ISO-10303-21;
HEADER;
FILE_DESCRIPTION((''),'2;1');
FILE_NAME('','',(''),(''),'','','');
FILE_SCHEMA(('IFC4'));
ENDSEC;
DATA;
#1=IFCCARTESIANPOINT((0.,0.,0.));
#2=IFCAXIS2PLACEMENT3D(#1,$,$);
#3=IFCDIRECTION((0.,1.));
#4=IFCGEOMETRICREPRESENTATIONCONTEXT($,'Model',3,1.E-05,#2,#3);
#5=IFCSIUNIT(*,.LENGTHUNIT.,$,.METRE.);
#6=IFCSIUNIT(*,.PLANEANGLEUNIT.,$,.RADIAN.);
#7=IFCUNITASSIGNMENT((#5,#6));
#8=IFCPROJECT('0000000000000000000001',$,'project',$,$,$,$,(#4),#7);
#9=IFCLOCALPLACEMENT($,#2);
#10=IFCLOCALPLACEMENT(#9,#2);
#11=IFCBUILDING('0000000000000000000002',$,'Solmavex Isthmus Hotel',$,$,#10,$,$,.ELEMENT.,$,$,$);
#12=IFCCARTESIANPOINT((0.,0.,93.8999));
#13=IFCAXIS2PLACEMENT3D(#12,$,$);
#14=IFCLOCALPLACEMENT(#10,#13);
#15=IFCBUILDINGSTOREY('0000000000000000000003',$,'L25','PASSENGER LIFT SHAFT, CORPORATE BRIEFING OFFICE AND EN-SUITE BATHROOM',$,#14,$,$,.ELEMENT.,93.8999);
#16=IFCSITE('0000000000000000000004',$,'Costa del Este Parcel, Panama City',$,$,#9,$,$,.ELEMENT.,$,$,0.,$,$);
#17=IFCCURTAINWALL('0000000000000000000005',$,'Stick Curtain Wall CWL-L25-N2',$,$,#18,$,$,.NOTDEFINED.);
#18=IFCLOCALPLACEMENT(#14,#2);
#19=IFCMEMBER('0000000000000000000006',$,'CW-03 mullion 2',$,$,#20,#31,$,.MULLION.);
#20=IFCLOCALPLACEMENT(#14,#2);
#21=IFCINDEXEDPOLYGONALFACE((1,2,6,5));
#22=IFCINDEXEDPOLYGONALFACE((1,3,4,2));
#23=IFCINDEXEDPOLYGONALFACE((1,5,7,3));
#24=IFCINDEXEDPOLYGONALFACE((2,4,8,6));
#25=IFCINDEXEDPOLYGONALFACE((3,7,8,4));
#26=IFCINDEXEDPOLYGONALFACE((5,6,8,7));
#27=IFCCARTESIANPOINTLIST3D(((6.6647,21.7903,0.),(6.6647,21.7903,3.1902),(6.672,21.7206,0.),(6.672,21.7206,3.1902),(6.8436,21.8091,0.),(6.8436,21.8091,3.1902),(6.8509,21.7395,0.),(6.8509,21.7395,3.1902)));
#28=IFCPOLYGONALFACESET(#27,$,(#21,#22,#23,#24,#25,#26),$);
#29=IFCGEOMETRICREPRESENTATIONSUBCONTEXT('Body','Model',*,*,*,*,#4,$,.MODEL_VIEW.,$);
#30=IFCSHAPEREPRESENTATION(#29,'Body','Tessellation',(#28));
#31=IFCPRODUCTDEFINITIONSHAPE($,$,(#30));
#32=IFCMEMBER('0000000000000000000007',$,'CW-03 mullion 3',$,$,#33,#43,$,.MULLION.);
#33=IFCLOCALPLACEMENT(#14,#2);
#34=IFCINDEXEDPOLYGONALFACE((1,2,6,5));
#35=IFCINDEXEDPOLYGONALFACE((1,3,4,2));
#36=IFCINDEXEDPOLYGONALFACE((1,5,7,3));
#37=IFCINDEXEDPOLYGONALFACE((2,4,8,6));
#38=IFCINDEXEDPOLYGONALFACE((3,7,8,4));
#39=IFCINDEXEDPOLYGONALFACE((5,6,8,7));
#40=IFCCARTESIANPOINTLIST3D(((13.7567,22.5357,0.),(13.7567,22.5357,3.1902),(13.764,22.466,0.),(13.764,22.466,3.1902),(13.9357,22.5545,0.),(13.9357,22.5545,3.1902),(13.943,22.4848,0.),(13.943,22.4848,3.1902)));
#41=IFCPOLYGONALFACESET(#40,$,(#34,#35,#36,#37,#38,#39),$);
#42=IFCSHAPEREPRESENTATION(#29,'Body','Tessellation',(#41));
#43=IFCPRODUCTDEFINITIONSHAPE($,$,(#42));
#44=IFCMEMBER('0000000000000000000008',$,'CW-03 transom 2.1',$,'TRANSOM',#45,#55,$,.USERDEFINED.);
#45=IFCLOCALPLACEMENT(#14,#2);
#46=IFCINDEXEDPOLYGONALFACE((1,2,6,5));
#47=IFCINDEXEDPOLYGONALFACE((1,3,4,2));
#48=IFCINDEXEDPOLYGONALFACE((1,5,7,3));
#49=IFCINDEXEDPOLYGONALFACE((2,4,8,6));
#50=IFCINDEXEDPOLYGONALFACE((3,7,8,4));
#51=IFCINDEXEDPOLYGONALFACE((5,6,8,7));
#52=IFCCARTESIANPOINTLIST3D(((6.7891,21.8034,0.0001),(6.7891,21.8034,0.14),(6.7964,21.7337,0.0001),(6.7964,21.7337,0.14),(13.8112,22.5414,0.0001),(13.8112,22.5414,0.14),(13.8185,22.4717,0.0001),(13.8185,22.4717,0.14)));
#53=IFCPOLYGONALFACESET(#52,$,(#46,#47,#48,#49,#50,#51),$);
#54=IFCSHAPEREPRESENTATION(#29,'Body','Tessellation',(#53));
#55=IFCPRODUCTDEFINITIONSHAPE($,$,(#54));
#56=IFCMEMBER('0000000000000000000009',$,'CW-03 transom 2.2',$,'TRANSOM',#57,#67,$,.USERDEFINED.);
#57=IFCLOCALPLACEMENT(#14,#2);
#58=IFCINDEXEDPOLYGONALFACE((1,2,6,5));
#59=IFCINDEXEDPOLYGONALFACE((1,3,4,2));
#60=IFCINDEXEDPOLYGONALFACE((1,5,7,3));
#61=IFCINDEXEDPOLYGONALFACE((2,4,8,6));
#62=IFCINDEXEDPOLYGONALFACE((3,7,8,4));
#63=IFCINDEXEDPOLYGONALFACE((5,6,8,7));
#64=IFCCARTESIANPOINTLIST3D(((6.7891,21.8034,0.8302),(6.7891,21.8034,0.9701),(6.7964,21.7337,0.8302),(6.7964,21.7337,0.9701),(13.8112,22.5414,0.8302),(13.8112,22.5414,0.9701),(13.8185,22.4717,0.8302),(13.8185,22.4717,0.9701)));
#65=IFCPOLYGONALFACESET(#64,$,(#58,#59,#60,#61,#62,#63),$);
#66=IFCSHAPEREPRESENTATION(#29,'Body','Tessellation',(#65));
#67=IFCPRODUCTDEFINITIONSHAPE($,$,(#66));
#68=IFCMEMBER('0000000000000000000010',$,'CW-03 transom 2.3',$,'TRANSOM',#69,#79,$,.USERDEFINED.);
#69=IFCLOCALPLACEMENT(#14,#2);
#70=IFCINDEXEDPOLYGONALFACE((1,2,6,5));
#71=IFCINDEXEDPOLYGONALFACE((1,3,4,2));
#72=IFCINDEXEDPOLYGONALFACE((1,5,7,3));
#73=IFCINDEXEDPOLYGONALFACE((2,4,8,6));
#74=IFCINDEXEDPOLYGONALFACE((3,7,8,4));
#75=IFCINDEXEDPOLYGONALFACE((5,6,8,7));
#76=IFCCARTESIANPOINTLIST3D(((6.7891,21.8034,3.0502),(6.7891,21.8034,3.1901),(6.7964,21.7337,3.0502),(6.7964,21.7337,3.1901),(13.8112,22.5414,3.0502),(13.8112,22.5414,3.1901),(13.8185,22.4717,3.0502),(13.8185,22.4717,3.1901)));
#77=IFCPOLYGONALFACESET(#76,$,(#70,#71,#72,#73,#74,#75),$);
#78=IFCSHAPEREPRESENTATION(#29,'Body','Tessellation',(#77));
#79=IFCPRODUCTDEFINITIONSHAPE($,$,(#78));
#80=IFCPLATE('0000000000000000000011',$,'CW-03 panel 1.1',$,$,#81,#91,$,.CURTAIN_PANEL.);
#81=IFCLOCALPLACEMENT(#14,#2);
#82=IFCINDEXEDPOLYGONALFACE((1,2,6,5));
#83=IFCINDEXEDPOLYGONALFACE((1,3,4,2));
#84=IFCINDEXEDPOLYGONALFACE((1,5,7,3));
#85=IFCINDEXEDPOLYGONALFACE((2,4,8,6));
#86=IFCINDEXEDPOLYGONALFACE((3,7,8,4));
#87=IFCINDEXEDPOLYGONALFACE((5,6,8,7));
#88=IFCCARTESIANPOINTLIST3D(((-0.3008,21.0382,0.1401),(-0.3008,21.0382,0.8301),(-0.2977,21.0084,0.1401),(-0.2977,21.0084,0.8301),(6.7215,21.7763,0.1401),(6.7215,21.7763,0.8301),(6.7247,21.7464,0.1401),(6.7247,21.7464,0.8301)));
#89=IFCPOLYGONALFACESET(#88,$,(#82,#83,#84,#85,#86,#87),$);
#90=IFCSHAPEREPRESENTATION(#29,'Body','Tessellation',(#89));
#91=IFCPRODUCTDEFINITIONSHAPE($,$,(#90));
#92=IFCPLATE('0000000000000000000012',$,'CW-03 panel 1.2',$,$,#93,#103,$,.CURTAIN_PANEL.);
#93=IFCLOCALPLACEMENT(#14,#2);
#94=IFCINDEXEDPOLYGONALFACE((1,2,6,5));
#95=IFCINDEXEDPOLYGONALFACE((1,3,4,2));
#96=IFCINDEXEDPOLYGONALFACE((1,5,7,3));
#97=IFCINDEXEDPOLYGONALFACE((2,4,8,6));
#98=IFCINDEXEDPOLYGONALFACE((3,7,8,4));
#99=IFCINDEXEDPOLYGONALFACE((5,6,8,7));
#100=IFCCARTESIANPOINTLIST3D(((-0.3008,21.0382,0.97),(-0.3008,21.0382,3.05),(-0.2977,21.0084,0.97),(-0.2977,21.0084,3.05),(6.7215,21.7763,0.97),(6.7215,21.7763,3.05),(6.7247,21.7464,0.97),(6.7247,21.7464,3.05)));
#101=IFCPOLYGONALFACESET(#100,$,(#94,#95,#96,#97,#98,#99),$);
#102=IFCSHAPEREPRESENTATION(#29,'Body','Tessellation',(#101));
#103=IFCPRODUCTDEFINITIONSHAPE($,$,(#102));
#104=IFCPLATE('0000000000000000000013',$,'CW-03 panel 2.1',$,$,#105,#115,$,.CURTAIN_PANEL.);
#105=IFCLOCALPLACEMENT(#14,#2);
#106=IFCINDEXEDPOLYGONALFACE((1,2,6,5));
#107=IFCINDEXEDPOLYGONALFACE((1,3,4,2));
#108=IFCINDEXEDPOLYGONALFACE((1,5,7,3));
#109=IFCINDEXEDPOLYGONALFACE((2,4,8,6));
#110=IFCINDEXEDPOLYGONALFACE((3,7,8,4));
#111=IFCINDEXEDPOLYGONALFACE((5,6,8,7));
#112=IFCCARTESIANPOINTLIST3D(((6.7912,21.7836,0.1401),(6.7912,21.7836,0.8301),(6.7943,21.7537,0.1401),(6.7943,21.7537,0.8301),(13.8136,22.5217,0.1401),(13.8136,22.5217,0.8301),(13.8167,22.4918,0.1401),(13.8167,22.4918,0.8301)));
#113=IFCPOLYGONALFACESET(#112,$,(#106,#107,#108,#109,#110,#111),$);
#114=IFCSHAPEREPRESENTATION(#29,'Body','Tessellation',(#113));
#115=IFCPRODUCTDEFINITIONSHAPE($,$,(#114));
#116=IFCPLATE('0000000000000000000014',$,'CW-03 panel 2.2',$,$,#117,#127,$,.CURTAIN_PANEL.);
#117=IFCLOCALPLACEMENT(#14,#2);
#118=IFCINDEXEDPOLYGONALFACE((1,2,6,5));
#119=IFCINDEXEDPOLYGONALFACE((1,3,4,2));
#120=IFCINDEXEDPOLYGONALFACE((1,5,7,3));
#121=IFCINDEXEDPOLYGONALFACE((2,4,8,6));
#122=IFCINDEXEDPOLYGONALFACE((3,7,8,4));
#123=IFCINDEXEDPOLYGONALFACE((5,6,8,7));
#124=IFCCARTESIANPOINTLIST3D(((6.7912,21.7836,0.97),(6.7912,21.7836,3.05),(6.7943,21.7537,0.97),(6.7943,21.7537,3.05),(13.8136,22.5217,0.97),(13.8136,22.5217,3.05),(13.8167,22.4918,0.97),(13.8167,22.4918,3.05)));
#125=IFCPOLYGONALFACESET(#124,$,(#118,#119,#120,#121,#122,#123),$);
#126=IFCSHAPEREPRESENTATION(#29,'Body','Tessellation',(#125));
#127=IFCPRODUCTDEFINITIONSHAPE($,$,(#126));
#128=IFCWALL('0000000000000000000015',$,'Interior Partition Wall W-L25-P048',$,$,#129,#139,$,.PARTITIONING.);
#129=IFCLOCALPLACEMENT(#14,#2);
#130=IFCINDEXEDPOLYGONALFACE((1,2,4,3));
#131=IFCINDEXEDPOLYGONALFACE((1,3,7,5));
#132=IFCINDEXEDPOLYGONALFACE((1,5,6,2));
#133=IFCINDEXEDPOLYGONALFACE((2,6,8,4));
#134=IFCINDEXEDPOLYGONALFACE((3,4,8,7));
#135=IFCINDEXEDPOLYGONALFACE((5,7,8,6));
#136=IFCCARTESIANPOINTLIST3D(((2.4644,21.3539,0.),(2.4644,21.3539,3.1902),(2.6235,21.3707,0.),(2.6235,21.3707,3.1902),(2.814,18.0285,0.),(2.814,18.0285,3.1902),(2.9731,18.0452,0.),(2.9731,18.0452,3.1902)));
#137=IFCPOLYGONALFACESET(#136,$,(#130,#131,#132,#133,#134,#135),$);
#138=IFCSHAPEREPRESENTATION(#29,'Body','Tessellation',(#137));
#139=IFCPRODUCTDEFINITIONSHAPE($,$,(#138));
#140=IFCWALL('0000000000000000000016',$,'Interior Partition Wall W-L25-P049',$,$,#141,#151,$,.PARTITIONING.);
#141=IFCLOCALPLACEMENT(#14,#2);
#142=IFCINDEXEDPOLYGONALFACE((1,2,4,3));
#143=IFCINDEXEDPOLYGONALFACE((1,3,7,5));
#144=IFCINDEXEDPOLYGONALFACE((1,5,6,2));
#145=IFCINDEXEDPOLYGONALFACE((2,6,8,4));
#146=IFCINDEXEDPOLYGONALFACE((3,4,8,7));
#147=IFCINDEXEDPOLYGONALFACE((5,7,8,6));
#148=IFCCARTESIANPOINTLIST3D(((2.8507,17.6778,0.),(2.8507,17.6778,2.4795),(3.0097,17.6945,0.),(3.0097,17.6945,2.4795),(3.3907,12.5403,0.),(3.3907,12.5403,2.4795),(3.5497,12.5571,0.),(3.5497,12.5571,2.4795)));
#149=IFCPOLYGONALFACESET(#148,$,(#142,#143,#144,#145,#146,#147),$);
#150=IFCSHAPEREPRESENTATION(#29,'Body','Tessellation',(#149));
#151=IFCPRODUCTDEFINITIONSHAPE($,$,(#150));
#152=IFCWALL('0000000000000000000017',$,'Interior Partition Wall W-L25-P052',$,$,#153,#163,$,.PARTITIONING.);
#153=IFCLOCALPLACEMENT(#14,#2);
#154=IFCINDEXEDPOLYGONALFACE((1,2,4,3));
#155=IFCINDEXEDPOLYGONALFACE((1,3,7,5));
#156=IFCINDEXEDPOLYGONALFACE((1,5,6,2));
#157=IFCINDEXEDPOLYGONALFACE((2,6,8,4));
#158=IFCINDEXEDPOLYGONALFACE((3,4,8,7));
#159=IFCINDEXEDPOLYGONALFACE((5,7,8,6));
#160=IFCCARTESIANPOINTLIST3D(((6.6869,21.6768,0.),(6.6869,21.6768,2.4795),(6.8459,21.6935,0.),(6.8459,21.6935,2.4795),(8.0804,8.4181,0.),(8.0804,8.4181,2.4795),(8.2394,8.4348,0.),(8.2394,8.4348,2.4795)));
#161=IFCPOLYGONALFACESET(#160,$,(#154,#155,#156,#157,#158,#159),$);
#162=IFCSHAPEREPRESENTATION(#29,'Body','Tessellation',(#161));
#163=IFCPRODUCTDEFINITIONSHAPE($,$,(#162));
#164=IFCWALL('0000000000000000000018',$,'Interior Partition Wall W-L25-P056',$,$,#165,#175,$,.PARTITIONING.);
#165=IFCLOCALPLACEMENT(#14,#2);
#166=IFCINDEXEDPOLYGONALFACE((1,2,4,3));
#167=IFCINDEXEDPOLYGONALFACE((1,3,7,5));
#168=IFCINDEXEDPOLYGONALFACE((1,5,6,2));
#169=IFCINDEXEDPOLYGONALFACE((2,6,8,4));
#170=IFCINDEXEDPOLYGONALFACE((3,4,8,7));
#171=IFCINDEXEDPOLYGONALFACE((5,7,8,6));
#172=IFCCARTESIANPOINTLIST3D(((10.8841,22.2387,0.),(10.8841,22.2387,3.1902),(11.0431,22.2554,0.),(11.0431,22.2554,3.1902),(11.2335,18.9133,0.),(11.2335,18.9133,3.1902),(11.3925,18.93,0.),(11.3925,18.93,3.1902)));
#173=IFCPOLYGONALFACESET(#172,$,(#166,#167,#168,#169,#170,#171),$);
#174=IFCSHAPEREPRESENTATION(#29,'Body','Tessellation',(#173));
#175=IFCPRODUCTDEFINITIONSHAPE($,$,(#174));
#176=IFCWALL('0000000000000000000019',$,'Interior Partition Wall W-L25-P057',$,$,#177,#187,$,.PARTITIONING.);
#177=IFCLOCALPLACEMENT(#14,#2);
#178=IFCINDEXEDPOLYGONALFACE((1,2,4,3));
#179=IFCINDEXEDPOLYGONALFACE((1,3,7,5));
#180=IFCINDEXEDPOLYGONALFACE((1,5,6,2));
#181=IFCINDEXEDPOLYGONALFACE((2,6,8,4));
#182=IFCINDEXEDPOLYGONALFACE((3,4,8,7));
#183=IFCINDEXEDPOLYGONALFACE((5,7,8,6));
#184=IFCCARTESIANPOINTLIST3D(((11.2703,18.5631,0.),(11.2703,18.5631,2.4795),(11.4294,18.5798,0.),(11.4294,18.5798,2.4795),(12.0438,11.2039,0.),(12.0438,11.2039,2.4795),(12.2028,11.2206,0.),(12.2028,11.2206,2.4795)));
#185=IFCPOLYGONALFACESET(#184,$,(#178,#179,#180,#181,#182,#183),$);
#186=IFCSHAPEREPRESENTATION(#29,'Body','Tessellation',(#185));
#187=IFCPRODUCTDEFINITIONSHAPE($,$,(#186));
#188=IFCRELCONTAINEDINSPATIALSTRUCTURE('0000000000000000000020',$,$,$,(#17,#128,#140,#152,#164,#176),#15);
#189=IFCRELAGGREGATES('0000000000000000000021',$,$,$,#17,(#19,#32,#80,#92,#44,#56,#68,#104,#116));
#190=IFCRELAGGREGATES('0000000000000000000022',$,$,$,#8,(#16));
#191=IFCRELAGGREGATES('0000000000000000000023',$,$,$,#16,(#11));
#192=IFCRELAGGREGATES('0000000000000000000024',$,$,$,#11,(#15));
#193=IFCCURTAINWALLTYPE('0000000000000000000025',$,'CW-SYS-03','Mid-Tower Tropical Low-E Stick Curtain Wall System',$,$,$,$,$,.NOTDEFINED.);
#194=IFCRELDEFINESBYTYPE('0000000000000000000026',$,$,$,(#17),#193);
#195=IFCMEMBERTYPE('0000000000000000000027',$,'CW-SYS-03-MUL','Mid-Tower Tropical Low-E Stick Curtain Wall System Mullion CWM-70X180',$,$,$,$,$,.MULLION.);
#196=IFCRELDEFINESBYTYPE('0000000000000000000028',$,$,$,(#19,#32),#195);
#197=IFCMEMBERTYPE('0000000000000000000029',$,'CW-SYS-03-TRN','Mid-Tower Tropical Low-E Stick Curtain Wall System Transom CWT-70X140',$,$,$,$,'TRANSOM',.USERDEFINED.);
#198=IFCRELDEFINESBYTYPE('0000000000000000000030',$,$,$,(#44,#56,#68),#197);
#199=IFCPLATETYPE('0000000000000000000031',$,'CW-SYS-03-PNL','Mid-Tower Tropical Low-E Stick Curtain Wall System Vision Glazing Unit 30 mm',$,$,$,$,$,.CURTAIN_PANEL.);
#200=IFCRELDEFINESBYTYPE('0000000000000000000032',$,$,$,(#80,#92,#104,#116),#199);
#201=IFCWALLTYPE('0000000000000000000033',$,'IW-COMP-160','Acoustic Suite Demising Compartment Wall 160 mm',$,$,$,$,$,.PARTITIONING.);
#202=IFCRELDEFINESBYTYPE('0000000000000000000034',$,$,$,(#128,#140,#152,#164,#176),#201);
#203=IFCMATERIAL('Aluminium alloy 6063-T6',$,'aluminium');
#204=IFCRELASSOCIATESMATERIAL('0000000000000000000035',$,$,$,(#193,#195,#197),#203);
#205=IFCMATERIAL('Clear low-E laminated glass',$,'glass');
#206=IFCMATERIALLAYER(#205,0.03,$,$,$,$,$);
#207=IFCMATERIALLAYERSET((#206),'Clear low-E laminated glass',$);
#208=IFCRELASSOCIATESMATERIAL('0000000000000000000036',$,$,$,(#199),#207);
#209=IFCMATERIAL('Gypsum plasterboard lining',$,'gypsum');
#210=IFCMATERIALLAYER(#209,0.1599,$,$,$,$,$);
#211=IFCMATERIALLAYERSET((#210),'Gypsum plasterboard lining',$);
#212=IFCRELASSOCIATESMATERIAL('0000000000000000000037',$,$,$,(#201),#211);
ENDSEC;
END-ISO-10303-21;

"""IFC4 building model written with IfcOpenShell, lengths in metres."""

from ifc_helpers import new_model, si_unit, direction, frame, frame_2d, origin, origin_2d, place, context, subcontext, project, spatial, rectangle, extrude, material, layer, layer_set, material_profile, profile_set, type_object, element, aggregate, save


model = new_model("IFC4")

# Units and contexts
model_context = context("Model", 3, precision=1e-05, world=origin(), true_north=direction((0.0, 1.0)))
body_context = subcontext(model_context, "Body", "Model", "MODEL_VIEW")
ifc_project = project(units=[si_unit("LENGTHUNIT", "METRE"), si_unit("PLANEANGLEUNIT", "RADIAN")], contexts=[model_context])

# Site, building, storey
site_placement = place(None, origin())
site = spatial("IfcSite", under=ifc_project, at=site_placement, Name="Costa del Este Parcel, Panama City", CompositionType="ELEMENT", RefElevation=0.0)
building_placement = place(site_placement, origin())
building = spatial("IfcBuilding", under=site, at=building_placement, Name="Solmavex Isthmus Hotel", CompositionType="ELEMENT")
storey_placement = place(building_placement, frame((0.0, 0.0, 93.8999)))
storey = spatial("IfcBuildingStorey", under=building, at=storey_placement, Name="L25", Description="PASSENGER LIFT SHAFT, CORPORATE BRIEFING OFFICE AND EN-SUITE BATHROOM", CompositionType="ELEMENT", Elevation=93.8999)

# Curtain wall, members, plates
ifc_material_1 = material(Name="Aluminium alloy 6063-T6", Category="aluminium")
curtain_wall_type = type_object("IfcCurtainWallType", Name="CW-SYS-03", Description="Mid-Tower Tropical Low-E Stick Curtain Wall System", PredefinedType="NOTDEFINED", material=ifc_material_1)
curtain_wall_placement = place(storey_placement, origin())
curtain_wall = element("IfcCurtainWall", 1, at=curtain_wall_placement, inside=storey, type_object=curtain_wall_type, Name="Stick Curtain Wall CWL-L25-N2", PredefinedType="NOTDEFINED")
ifc_material_profile_1 = material_profile(ifc_material_1, rectangle(XDim=0.0701, YDim=0.1799, at=origin_2d()), Name="CWM-70X180")
ifc_profile_set_1 = profile_set([ifc_material_profile_1], Name="Aluminium alloy 6063-T6")
member_type_1 = type_object("IfcMemberType", Name="CW-SYS-03-MUL", Description="Mid-Tower Tropical Low-E Stick Curtain Wall System Mullion CWM-70X180", PredefinedType="MULLION", material=ifc_profile_set_1)
member_1_placement = place(storey_placement, frame((6.7578, 21.7649, 0.0), z_axis=(0.0, 0.0, 1.0), x_axis=(-0.104529, 0.994522, 0.0)))
member_1 = element("IfcMember", 2, at=member_1_placement, type_object=member_type_1, Name="CW-03 mullion 2", PredefinedType="MULLION", context=body_context, shape_type="SweptSolid", body=[
    extrude(rectangle(XDim=0.0701, YDim=0.1799, at=origin_2d()), origin(), (0.0, 0.0, 1.0), 3.1902),
])
member_2_placement = place(storey_placement, frame((13.8499, 22.5103, 0.0), z_axis=(0.0, 0.0, 1.0), x_axis=(-0.104529, 0.994522, 0.0)))
member_2 = element("IfcMember", 3, at=member_2_placement, type_object=member_type_1, Name="CW-03 mullion 3", PredefinedType="MULLION", context=body_context, shape_type="SweptSolid", body=[
    extrude(rectangle(XDim=0.0701, YDim=0.1799, at=origin_2d()), origin(), (0.0, 0.0, 1.0), 3.1902),
])
ifc_material_profile_2 = material_profile(ifc_material_1, rectangle(XDim=0.0701, YDim=0.1399, at=origin_2d()), Name="CWT-70X140")
ifc_profile_set_2 = profile_set([ifc_material_profile_2], Name="Aluminium alloy 6063-T6")
member_type_2 = type_object("IfcMemberType", Name="CW-SYS-03-TRN", Description="Mid-Tower Tropical Low-E Stick Curtain Wall System Transom CWT-70X140", ElementType="TRANSOM", PredefinedType="USERDEFINED", material=ifc_profile_set_2)
member_3_placement = place(storey_placement, frame((6.7927, 21.7686, 0.0701), z_axis=(0.994522, 0.104525, 0.0), x_axis=(-0.104525, 0.994522, 0.0)))
member_3 = element("IfcMember", 4, at=member_3_placement, type_object=member_type_2, Name="CW-03 transom 2.1", ObjectType="TRANSOM", PredefinedType="USERDEFINED", context=body_context, shape_type="SweptSolid", body=[
    extrude(rectangle(XDim=0.0701, YDim=0.1399, at=origin_2d()), origin(), (0.0, 0.0, 1.0), 7.0608),
])
member_4_placement = place(storey_placement, frame((6.7927, 21.7686, 0.9001), z_axis=(0.994522, 0.104525, 0.0), x_axis=(-0.104525, 0.994522, 0.0)))
member_4 = element("IfcMember", 5, at=member_4_placement, type_object=member_type_2, Name="CW-03 transom 2.2", ObjectType="TRANSOM", PredefinedType="USERDEFINED", context=body_context, shape_type="SweptSolid", body=[
    extrude(rectangle(XDim=0.0701, YDim=0.1399, at=origin_2d()), origin(), (0.0, 0.0, 1.0), 7.0608),
])
member_5_placement = place(storey_placement, frame((6.7927, 21.7686, 3.1201), z_axis=(0.994522, 0.104525, 0.0), x_axis=(-0.104525, 0.994522, 0.0)))
member_5 = element("IfcMember", 6, at=member_5_placement, type_object=member_type_2, Name="CW-03 transom 2.3", ObjectType="TRANSOM", PredefinedType="USERDEFINED", context=body_context, shape_type="SweptSolid", body=[
    extrude(rectangle(XDim=0.0701, YDim=0.1399, at=origin_2d()), origin(), (0.0, 0.0, 1.0), 7.0608),
])
ifc_material_2 = material(Name="Clear low-E laminated glass", Category="glass")
ifc_layer_1 = layer(ifc_material_2, 0.03)
ifc_layer_set_1 = layer_set([ifc_layer_1], Name="Clear low-E laminated glass")
plate_type = type_object("IfcPlateType", Name="CW-SYS-03-PNL", Description="Mid-Tower Tropical Low-E Stick Curtain Wall System Vision Glazing Unit 30 mm", PredefinedType="CURTAIN_PANEL", material=ifc_layer_set_1)
plate_1_placement = place(storey_placement, frame((3.2119, 21.3923, 0.1401), z_axis=(0.0, 0.0, 1.0), x_axis=(0.994522, 0.104529, 0.0)))
plate_1 = element("IfcPlate", 7, at=plate_1_placement, type_object=plate_type, Name="CW-03 panel 1.1", PredefinedType="CURTAIN_PANEL", context=body_context, shape_type="SweptSolid", body=[
    extrude(rectangle(XDim=7.061, YDim=0.03, at=origin_2d()), origin(), (0.0, 0.0, 1.0), 0.6899),
])
plate_2_placement = place(storey_placement, frame((3.2119, 21.3923, 0.97), z_axis=(0.0, 0.0, 1.0), x_axis=(0.994522, 0.104529, 0.0)))
plate_2 = element("IfcPlate", 8, at=plate_2_placement, type_object=plate_type, Name="CW-03 panel 1.2", PredefinedType="CURTAIN_PANEL", context=body_context, shape_type="SweptSolid", body=[
    extrude(rectangle(XDim=7.061, YDim=0.03, at=origin_2d()), origin(), (0.0, 0.0, 1.0), 2.0801),
])
plate_3_placement = place(storey_placement, frame((10.304, 22.1377, 0.1401), z_axis=(0.0, 0.0, 1.0), x_axis=(0.994522, 0.104529, 0.0)))
plate_3 = element("IfcPlate", 9, at=plate_3_placement, type_object=plate_type, Name="CW-03 panel 2.1", PredefinedType="CURTAIN_PANEL", context=body_context, shape_type="SweptSolid", body=[
    extrude(rectangle(XDim=7.061, YDim=0.03, at=origin_2d()), origin(), (0.0, 0.0, 1.0), 0.6899),
])
plate_4_placement = place(storey_placement, frame((10.304, 22.1377, 0.97), z_axis=(0.0, 0.0, 1.0), x_axis=(0.994522, 0.104529, 0.0)))
plate_4 = element("IfcPlate", 10, at=plate_4_placement, type_object=plate_type, Name="CW-03 panel 2.2", PredefinedType="CURTAIN_PANEL", context=body_context, shape_type="SweptSolid", body=[
    extrude(rectangle(XDim=7.061, YDim=0.03, at=origin_2d()), origin(), (0.0, 0.0, 1.0), 2.0801),
])
aggregate(curtain_wall, [member_1, member_2, plate_1, plate_2, member_3, member_4, member_5, plate_3, plate_4])

# Walls
ifc_material_3 = material(Name="Gypsum plasterboard lining", Category="gypsum")
ifc_layer_2 = layer(ifc_material_3, 0.1599)
ifc_layer_set_2 = layer_set([ifc_layer_2], Name="Gypsum plasterboard lining")
wall_type_1 = type_object("IfcWallType", Name="IW-COMP-160", Description="Acoustic Suite Demising Compartment Wall 160 mm", PredefinedType="PARTITIONING", material=ifc_layer_set_2)
wall_1_placement = place(storey_placement, frame((2.5439, 21.3623, 0.0), z_axis=(0.0, 0.0, 1.0), x_axis=(0.104556, -0.994519, 0.0)))
element("IfcWall", 11, at=wall_1_placement, inside=storey, type_object=wall_type_1, Name="Interior Partition Wall W-L25-P048", PredefinedType="PARTITIONING", context=body_context, shape_type="SweptSolid", body=[
    extrude(rectangle(XDim=3.3438, YDim=0.1599, at=frame_2d((1.6719, 0.0))), origin(), (0.0, 0.0, 1.0), 3.1902),
])
wall_2_placement = place(storey_placement, frame((2.9302, 17.6863, 0.0), z_axis=(0.0, 0.0, 1.0), x_axis=(0.104542, -0.99452, 0.0)))
element("IfcWall", 12, at=wall_2_placement, inside=storey, type_object=wall_type_1, Name="Interior Partition Wall W-L25-P049", PredefinedType="PARTITIONING", context=body_context, shape_type="SweptSolid", body=[
    extrude(rectangle(XDim=5.1658, YDim=0.1599, at=frame_2d((2.583, 0.0))), origin(), (0.0, 0.0, 1.0), 2.4795),
])
wall_3_placement = place(storey_placement, frame((6.7664, 21.6853, 0.0), z_axis=(0.0, 0.0, 1.0), x_axis=(0.104528, -0.994522, 0.0)))
element("IfcWall", 13, at=wall_3_placement, inside=storey, type_object=wall_type_1, Name="Interior Partition Wall W-L25-P052", PredefinedType="PARTITIONING", context=body_context, shape_type="SweptSolid", body=[
    extrude(rectangle(XDim=13.3318, YDim=0.1599, at=frame_2d((6.666, 0.0))), origin(), (0.0, 0.0, 1.0), 2.4795),
])
wall_4_placement = place(storey_placement, frame((10.9636, 22.2471, 0.0), z_axis=(0.0, 0.0, 1.0), x_axis=(0.104483, -0.994527, 0.0)))
element("IfcWall", 14, at=wall_4_placement, inside=storey, type_object=wall_type_1, Name="Interior Partition Wall W-L25-P056", PredefinedType="PARTITIONING", context=body_context, shape_type="SweptSolid", body=[
    extrude(rectangle(XDim=3.3438, YDim=0.1599, at=frame_2d((1.6719, 0.0))), origin(), (0.0, 0.0, 1.0), 3.1902),
])
wall_5_placement = place(storey_placement, frame((11.3499, 18.5713, 0.0), z_axis=(0.0, 0.0, 1.0), x_axis=(0.104523, -0.994522, 0.0)))
element("IfcWall", 15, at=wall_5_placement, inside=storey, type_object=wall_type_1, Name="Interior Partition Wall W-L25-P057", PredefinedType="PARTITIONING", context=body_context, shape_type="SweptSolid", body=[
    extrude(rectangle(XDim=7.3997, YDim=0.1599, at=frame_2d((3.6997, 0.0))), origin(), (0.0, 0.0, 1.0), 2.4795),
])

save(model, "model.ifc")
